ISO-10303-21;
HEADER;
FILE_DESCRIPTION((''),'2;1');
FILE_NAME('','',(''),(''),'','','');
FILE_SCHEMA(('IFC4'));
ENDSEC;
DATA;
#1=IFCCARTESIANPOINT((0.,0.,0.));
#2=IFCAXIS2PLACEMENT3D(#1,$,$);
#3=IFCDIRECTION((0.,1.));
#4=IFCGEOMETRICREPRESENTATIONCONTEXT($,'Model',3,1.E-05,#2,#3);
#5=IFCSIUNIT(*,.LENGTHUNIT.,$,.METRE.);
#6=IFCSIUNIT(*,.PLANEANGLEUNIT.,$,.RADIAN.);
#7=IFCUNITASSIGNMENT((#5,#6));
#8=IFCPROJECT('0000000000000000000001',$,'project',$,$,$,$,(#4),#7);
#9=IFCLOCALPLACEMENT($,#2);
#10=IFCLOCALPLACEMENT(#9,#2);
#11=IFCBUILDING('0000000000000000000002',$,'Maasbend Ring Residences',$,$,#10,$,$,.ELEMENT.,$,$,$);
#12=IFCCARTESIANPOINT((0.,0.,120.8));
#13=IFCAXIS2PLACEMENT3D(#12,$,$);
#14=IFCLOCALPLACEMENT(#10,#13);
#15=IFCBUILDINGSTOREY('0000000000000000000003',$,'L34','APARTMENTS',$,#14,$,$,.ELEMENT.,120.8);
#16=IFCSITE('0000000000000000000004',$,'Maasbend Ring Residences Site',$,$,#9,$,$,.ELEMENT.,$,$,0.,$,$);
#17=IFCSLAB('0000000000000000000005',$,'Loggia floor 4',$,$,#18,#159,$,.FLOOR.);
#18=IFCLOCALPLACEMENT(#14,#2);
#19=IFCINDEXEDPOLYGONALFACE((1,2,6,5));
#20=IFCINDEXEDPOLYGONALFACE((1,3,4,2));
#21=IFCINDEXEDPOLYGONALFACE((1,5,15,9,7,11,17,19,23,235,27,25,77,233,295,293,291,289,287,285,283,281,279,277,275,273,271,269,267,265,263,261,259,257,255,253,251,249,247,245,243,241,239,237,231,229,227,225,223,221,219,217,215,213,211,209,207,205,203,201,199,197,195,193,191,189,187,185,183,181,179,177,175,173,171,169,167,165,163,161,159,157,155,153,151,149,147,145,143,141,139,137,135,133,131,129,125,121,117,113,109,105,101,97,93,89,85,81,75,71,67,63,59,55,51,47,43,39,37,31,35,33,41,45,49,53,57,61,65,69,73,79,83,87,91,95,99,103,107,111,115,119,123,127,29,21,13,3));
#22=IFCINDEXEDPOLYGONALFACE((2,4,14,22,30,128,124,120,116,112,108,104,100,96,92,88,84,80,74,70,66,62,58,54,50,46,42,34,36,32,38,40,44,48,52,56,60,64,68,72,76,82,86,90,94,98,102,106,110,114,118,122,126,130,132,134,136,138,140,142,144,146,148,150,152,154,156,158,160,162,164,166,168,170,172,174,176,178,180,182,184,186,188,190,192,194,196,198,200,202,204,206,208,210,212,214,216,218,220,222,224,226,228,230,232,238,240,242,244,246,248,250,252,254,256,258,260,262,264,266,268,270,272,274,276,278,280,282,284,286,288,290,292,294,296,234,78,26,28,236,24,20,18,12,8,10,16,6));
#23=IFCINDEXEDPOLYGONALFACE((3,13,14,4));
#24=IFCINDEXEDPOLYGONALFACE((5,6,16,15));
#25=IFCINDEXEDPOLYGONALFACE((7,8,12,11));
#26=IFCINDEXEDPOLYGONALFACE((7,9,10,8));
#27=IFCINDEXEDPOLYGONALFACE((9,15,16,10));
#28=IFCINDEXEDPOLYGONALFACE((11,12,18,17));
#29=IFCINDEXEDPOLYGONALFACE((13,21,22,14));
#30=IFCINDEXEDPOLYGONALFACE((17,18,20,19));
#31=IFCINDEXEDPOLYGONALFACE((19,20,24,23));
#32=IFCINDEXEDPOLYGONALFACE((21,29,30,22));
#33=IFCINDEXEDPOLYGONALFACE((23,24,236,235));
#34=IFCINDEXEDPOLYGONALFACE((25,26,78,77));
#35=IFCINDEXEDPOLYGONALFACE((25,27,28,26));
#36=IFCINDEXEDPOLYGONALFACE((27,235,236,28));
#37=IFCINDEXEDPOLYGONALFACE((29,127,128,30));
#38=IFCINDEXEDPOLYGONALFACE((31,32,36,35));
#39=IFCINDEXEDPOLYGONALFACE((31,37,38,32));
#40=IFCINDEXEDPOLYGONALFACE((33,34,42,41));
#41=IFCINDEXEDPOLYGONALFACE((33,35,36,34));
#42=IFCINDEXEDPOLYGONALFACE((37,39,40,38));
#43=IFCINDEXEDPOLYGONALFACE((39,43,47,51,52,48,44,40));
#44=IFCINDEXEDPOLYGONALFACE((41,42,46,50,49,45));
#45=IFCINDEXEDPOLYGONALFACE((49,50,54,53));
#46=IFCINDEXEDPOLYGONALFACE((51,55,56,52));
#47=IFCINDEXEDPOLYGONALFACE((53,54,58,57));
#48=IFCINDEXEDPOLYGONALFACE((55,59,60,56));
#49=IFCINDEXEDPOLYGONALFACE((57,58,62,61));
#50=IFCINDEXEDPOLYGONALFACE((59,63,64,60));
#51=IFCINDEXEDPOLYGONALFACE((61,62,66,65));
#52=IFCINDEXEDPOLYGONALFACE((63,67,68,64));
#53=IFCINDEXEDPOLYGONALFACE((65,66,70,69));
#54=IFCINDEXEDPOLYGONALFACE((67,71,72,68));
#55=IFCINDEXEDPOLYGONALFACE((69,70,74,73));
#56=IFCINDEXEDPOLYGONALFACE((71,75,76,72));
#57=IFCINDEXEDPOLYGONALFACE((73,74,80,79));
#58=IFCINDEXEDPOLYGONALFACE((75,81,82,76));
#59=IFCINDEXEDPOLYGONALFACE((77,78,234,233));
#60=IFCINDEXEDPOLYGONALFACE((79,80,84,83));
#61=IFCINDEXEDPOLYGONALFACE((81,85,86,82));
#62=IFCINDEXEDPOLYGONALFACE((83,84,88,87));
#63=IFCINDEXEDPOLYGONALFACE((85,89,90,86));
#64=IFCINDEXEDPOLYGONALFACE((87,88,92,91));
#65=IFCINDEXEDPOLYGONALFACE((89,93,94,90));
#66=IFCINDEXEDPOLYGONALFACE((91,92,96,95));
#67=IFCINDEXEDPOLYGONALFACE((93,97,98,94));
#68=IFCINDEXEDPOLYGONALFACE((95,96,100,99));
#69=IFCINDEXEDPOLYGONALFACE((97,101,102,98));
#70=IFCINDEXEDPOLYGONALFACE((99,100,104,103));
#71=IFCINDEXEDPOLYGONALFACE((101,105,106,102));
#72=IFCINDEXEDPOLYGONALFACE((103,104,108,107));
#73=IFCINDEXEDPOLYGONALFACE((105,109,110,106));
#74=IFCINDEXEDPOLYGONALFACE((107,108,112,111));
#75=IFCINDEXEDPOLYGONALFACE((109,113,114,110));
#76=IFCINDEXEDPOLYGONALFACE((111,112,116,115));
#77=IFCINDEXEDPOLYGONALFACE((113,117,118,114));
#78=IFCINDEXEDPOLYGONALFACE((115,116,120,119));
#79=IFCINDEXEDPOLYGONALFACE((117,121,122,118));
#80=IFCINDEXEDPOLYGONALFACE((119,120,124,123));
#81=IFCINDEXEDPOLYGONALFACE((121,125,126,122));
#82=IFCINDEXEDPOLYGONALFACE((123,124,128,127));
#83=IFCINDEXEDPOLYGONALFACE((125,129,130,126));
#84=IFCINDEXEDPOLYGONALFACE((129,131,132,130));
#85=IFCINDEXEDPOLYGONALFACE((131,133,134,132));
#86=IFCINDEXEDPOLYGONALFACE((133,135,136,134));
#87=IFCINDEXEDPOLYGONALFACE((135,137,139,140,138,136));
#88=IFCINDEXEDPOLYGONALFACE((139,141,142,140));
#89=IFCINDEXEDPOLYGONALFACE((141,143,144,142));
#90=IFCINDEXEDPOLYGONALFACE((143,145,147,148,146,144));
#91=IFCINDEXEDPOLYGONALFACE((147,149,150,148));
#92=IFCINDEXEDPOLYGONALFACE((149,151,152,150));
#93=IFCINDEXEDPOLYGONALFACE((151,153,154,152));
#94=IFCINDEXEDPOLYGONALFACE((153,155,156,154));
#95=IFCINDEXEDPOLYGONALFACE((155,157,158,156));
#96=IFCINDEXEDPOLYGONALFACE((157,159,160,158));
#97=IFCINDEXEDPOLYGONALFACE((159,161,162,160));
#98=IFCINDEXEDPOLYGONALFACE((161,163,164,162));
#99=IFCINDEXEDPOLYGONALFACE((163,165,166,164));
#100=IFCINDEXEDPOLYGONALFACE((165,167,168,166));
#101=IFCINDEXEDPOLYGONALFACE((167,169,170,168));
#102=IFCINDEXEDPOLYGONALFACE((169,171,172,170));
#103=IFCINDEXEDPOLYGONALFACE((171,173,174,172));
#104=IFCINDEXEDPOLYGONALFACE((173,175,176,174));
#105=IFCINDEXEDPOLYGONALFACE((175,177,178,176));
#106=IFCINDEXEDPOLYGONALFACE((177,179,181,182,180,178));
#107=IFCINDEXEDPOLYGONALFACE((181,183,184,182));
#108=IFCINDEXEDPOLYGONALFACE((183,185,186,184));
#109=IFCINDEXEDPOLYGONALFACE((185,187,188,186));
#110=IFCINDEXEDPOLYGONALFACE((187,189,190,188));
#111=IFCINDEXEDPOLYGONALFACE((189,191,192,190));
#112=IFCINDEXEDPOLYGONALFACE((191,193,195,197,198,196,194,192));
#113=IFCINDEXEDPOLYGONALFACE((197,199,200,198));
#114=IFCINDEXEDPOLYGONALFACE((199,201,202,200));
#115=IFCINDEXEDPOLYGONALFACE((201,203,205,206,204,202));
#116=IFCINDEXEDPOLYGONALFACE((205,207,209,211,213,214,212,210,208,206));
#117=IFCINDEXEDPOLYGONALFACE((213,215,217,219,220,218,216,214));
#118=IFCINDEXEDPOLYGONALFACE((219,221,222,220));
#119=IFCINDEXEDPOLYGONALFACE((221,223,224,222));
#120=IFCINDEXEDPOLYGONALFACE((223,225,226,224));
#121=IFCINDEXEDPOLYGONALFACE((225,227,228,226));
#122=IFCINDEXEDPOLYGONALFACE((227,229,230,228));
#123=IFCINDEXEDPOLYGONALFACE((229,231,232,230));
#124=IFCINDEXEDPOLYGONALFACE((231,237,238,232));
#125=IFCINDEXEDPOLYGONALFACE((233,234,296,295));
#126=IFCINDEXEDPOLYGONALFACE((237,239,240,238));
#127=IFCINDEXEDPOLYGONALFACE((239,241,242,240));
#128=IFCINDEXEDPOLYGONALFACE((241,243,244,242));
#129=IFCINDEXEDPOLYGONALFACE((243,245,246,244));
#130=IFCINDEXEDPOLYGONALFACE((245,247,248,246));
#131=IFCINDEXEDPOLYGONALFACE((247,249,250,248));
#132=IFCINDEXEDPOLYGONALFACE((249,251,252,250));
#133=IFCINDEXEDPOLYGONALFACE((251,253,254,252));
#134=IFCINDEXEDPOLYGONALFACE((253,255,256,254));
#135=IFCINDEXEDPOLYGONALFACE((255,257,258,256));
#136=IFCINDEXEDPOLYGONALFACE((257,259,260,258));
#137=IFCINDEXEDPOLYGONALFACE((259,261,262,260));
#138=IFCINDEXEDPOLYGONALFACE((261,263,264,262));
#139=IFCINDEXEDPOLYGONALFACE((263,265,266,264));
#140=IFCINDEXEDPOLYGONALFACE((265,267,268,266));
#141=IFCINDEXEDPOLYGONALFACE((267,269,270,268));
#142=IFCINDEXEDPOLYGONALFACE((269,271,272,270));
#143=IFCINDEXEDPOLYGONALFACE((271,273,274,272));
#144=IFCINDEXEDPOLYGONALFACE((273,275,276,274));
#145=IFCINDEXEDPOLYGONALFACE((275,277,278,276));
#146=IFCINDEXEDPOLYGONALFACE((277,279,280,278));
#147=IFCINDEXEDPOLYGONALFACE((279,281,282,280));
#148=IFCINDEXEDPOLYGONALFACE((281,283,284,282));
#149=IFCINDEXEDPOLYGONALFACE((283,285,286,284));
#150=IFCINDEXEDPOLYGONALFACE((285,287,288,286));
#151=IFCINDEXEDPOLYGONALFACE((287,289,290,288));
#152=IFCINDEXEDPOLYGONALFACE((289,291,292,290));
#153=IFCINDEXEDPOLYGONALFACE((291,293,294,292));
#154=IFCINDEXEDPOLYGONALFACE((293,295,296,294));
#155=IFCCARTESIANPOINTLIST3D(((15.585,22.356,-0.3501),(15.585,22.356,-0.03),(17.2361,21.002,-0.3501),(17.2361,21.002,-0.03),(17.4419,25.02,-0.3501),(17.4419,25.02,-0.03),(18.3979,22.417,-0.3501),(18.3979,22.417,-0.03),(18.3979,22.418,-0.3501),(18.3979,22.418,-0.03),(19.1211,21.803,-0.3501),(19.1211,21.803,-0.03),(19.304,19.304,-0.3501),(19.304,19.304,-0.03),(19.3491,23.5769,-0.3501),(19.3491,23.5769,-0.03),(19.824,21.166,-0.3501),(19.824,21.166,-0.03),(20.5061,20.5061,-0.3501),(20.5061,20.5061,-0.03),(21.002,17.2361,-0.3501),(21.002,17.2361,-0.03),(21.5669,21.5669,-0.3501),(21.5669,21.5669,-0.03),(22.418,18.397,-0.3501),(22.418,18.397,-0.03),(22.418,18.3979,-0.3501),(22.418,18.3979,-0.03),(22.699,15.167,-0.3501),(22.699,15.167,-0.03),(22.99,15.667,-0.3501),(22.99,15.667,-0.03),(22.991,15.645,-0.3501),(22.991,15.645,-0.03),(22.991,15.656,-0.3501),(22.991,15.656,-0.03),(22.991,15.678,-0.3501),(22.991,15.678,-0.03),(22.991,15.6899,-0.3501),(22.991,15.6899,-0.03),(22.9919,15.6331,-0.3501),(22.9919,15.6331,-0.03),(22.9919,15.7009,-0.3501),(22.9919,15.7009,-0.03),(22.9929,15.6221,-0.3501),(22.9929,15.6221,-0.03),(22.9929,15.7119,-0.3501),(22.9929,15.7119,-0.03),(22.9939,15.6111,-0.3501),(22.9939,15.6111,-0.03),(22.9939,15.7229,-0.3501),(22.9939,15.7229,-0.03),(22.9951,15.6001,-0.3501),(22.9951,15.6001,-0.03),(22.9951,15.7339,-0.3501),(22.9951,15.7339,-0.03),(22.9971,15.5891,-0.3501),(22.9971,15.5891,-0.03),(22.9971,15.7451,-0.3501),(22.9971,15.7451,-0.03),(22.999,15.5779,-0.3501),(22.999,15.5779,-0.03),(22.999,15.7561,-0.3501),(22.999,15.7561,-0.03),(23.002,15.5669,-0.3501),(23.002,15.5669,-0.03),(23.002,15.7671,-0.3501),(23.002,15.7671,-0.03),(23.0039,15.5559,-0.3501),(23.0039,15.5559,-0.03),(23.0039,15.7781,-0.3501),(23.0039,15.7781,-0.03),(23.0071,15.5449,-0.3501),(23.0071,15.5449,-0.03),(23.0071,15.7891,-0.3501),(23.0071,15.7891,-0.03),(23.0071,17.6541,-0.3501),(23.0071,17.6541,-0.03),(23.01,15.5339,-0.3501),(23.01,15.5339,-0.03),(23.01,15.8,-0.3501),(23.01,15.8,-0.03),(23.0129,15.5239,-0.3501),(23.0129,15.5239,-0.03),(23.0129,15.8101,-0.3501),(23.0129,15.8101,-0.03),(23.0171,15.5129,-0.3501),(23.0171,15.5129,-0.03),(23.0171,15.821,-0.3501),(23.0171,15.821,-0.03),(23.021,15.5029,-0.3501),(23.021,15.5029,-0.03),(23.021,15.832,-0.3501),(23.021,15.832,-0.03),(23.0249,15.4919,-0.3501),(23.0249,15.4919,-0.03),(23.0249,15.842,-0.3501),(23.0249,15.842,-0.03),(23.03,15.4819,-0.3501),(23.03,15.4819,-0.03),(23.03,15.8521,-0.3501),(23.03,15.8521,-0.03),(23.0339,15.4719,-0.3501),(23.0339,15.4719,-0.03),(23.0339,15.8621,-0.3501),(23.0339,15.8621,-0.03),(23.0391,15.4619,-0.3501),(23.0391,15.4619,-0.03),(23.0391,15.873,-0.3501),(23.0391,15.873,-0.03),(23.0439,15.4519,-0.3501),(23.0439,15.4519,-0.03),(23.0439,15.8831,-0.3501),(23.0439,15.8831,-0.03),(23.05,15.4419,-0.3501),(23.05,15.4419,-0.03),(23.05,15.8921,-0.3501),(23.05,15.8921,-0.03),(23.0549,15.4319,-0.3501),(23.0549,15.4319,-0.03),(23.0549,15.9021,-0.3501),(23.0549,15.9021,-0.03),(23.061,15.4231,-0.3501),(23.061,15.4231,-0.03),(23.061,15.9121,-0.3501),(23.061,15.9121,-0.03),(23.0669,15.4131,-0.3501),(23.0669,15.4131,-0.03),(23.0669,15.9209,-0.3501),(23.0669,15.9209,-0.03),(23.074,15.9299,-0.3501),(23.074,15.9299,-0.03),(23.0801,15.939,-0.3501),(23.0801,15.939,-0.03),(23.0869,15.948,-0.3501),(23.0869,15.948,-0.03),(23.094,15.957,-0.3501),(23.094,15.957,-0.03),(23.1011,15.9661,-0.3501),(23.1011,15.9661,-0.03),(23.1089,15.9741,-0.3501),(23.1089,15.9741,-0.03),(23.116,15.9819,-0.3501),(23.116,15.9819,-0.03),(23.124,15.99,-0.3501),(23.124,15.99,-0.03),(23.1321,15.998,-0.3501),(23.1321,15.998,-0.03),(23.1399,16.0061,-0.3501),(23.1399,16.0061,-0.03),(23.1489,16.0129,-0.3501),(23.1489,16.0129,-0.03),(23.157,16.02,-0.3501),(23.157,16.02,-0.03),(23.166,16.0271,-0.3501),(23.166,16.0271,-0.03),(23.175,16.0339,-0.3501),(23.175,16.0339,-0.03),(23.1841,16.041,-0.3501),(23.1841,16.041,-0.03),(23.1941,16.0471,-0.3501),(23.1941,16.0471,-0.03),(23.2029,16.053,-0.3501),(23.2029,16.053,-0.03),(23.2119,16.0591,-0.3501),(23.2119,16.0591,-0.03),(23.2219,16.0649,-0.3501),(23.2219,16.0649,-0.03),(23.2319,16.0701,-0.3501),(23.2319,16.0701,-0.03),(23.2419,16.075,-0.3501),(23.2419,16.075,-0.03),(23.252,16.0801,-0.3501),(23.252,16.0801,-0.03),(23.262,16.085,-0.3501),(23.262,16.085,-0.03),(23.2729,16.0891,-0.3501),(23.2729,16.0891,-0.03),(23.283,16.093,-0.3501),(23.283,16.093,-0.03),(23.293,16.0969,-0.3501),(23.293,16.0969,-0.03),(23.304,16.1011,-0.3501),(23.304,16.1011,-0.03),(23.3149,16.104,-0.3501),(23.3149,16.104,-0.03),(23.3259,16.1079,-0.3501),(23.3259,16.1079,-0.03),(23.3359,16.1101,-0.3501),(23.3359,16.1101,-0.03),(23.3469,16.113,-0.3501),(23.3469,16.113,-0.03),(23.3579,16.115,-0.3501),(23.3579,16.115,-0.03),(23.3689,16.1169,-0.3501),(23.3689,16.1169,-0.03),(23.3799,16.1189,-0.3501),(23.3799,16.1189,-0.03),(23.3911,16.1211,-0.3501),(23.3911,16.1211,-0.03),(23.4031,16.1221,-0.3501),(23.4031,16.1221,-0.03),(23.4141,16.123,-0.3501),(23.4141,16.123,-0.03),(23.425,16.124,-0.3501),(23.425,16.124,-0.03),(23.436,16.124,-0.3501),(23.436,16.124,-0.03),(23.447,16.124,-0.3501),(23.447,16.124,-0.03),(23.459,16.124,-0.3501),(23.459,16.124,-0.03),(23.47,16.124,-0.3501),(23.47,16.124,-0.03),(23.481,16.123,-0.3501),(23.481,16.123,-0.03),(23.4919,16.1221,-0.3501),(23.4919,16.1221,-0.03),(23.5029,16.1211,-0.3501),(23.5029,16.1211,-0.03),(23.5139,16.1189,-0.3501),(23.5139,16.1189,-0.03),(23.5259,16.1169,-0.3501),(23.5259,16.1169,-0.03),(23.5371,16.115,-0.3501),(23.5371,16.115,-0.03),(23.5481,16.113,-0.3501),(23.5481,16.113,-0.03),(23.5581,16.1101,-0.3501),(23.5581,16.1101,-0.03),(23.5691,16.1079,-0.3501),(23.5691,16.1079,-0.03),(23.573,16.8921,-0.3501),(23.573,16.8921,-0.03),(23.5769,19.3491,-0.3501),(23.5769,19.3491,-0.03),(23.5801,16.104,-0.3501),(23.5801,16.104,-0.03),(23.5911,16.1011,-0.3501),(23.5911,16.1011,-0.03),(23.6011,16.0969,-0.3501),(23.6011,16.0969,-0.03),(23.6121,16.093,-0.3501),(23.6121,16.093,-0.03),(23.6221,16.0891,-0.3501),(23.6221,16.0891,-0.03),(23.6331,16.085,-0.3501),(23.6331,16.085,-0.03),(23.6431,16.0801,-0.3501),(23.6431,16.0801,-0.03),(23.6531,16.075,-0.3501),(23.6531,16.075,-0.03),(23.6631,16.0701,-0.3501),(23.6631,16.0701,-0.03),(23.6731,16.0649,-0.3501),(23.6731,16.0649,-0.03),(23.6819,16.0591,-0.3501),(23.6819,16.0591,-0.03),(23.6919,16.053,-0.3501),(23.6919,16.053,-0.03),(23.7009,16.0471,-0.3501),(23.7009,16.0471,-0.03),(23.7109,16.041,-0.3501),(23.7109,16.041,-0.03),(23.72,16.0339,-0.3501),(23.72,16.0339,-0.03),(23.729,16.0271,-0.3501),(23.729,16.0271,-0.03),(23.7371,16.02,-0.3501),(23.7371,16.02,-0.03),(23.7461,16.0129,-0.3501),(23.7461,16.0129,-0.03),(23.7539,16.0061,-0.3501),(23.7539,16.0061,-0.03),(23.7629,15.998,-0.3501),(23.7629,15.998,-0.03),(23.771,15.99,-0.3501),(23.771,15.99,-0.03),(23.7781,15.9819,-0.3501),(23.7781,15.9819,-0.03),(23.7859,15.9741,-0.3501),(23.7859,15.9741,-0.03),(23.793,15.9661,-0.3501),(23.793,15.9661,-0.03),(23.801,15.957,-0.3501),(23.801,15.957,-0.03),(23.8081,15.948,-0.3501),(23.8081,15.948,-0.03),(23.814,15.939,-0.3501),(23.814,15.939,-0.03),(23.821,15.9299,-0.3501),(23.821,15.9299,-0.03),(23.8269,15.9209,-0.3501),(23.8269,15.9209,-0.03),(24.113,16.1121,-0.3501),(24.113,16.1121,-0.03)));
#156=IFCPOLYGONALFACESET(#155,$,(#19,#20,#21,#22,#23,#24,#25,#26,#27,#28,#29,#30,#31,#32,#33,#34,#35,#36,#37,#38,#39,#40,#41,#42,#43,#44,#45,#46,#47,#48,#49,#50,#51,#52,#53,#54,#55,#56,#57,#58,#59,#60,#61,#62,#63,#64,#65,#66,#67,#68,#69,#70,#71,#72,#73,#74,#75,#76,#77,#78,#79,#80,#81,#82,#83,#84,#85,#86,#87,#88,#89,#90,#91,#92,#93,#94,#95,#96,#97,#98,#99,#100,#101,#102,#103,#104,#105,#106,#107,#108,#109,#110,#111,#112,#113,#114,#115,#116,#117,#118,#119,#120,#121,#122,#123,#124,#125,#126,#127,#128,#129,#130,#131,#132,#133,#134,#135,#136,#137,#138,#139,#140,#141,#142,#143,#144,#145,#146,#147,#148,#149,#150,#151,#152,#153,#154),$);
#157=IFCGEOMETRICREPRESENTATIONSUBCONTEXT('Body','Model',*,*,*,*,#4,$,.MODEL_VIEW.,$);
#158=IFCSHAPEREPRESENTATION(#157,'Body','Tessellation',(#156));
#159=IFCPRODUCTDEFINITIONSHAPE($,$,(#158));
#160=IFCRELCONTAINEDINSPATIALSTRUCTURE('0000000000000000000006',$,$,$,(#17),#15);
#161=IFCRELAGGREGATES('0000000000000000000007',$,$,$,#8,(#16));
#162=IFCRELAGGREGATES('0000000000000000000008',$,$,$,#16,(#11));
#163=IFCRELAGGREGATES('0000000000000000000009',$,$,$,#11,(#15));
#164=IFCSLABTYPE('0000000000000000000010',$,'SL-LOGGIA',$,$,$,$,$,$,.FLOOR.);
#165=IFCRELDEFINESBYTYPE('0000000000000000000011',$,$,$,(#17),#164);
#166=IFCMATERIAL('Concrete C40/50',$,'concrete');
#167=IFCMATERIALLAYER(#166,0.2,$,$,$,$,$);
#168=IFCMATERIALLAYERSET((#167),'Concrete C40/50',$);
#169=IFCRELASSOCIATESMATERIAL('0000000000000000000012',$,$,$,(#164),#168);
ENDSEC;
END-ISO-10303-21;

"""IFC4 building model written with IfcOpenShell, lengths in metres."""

from ifc_helpers import new_model, si_unit, direction, frame, origin, place, context, subcontext, project, spatial, polyline, outline, extrude, material, layer, layer_set, type_object, element, save


model = new_model("IFC4")

# Units and contexts
model_context = context("Model", 3, precision=1e-05, world=origin(), true_north=direction((0.0, 1.0)))
body_context = subcontext(model_context, "Body", "Model", "MODEL_VIEW")
ifc_project = project(units=[si_unit("LENGTHUNIT", "METRE"), si_unit("PLANEANGLEUNIT", "RADIAN")], contexts=[model_context])

# Site, building, storey
site_placement = place(None, origin())
site = spatial("IfcSite", under=ifc_project, at=site_placement, Name="Maasbend Ring Residences Site", CompositionType="ELEMENT", RefElevation=0.0)
building_placement = place(site_placement, origin())
building = spatial("IfcBuilding", under=site, at=building_placement, Name="Maasbend Ring Residences", CompositionType="ELEMENT")
storey_placement = place(building_placement, frame((0.0, 0.0, 120.8)))
storey = spatial("IfcBuildingStorey", under=building, at=storey_placement, Name="L34", Description="APARTMENTS", CompositionType="ELEMENT", Elevation=120.8)

# Slab
ifc_material_1 = material(Name="Concrete C40/50", Category="concrete")
ifc_layer_1 = layer(ifc_material_1, 0.2)
ifc_layer_set_1 = layer_set([ifc_layer_1], Name="Concrete C40/50")
slab_type_1 = type_object("IfcSlabType", Name="SL-LOGGIA", PredefinedType="FLOOR", material=ifc_layer_set_1)
slab_1_placement = place(storey_placement, frame((0.0, 0.0, -0.3501)))
element("IfcSlab", 1, at=slab_1_placement, inside=storey, type_object=slab_type_1, Name="Loggia floor 4", PredefinedType="FLOOR", context=body_context, shape_type="SweptSolid", body=[
    extrude(outline(polyline([(19.3491, 23.5769), (19.3491, 23.5769), (19.3491, 23.5769), (18.3979, 22.418), (18.3979, 22.418), (18.3979, 22.418), (18.3979, 22.418), (18.3979, 22.418), (18.3979, 22.417), (18.3979, 22.417), (18.3979, 22.417), (18.3979, 22.417), (18.3979, 22.417), (18.3979, 22.417), (18.3979, 22.417), (18.3979, 22.417), (18.3979, 22.417), (18.3979, 22.417), (18.3979, 22.417), (18.3979, 22.417), (19.1211, 21.803), (19.1211, 21.803), (19.824, 21.166), (19.824, 21.166), (20.5061, 20.5061), (20.5061, 20.5061), (20.5061, 20.5061), (20.5061, 20.5061), (20.5061, 20.5061), (20.5061, 20.5061), (20.5061, 20.5061), (20.5061, 20.5061), (20.5061, 20.5061), (20.5061, 20.5061), (20.5061, 20.5061), (20.5061, 20.5061), (20.5061, 20.5061), (20.5061, 20.5061), (20.5061, 20.5061), (20.5061, 20.5061), (20.5061, 20.5061), (21.5669, 21.5669), (21.5669, 21.5669), (21.5669, 21.5669), (23.5769, 19.3491), (23.5769, 19.3491), (23.5769, 19.3491), (22.418, 18.3979), (22.418, 18.3979), (22.418, 18.3979), (22.418, 18.3979), (22.418, 18.3979), (22.418, 18.3979), (22.418, 18.397), (22.418, 18.397), (22.418, 18.397), (22.418, 18.397), (22.418, 18.397), (22.418, 18.397), (22.418, 18.397), (22.418, 18.397), (22.418, 18.397), (22.418, 18.397), (22.418, 18.397), (23.0071, 17.6541), (23.0071, 17.6541), (23.573, 16.8921), (23.573, 16.8921), (24.113, 16.1121), (24.113, 16.1121), (24.113, 16.1121), (23.8269, 15.9209), (23.8269, 15.9209), (23.821, 15.9299), (23.814, 15.939), (23.8081, 15.948), (23.801, 15.957), (23.793, 15.9661), (23.7859, 15.9741), (23.7781, 15.9819), (23.771, 15.99), (23.7629, 15.998), (23.7539, 16.0061), (23.7461, 16.0129), (23.7371, 16.02), (23.729, 16.0271), (23.72, 16.0339), (23.7109, 16.041), (23.7009, 16.0471), (23.6919, 16.053), (23.6819, 16.0591), (23.6731, 16.0649), (23.6631, 16.0701), (23.6531, 16.075), (23.6431, 16.0801), (23.6331, 16.085), (23.6221, 16.0891), (23.6121, 16.093), (23.6011, 16.0969), (23.5911, 16.1011), (23.5801, 16.104), (23.5691, 16.1079), (23.5581, 16.1101), (23.5481, 16.113), (23.5371, 16.115), (23.5259, 16.1169), (23.5139, 16.1189), (23.5029, 16.1211), (23.4919, 16.1221), (23.481, 16.123), (23.47, 16.124), (23.459, 16.124), (23.447, 16.124), (23.436, 16.124), (23.425, 16.124), (23.4141, 16.123), (23.4031, 16.1221), (23.3911, 16.1211), (23.3799, 16.1189), (23.3689, 16.1169), (23.3579, 16.115), (23.3469, 16.113), (23.3359, 16.1101), (23.3259, 16.1079), (23.3149, 16.104), (23.304, 16.1011), (23.293, 16.0969), (23.283, 16.093), (23.2729, 16.0891), (23.262, 16.085), (23.252, 16.0801), (23.2419, 16.075), (23.2319, 16.0701), (23.2219, 16.0649), (23.2119, 16.0591), (23.2029, 16.053), (23.1941, 16.0471), (23.1841, 16.041), (23.175, 16.0339), (23.166, 16.0271), (23.157, 16.02), (23.1489, 16.0129), (23.1399, 16.0061), (23.1321, 15.998), (23.124, 15.99), (23.116, 15.9819), (23.1089, 15.9741), (23.1011, 15.9661), (23.094, 15.957), (23.0869, 15.948), (23.0801, 15.939), (23.074, 15.9299), (23.0669, 15.9209), (23.061, 15.9121), (23.0549, 15.9021), (23.05, 15.8921), (23.0439, 15.8831), (23.0391, 15.873), (23.0339, 15.8621), (23.03, 15.8521), (23.0249, 15.842), (23.021, 15.832), (23.0171, 15.821), (23.0129, 15.8101), (23.01, 15.8), (23.0071, 15.7891), (23.0039, 15.7781), (23.002, 15.7671), (22.999, 15.7561), (22.9971, 15.7451), (22.9951, 15.7339), (22.9939, 15.7229), (22.9929, 15.7119), (22.9919, 15.7009), (22.991, 15.6899), (22.991, 15.678), (22.99, 15.667), (22.991, 15.656), (22.991, 15.645), (22.9919, 15.6331), (22.9929, 15.6221), (22.9939, 15.6111), (22.9951, 15.6001), (22.9971, 15.5891), (22.999, 15.5779), (23.002, 15.5669), (23.0039, 15.5559), (23.0071, 15.5449), (23.01, 15.5339), (23.0129, 15.5239), (23.0171, 15.5129), (23.021, 15.5029), (23.0249, 15.4919), (23.03, 15.4819), (23.0339, 15.4719), (23.0391, 15.4619), (23.0439, 15.4519), (23.05, 15.4419), (23.0549, 15.4319), (23.061, 15.4231), (23.0669, 15.4131), (23.0669, 15.4131), (22.699, 15.167), (22.699, 15.167), (22.699, 15.167), (21.002, 17.2361), (19.304, 19.304), (19.304, 19.304), (19.304, 19.304), (17.2361, 21.002), (15.585, 22.356), (15.585, 22.356), (15.585, 22.356), (17.4419, 25.02), (17.4419, 25.02), (17.4419, 25.02), (19.3491, 23.5769)])), origin(), (0.0, 0.0, 1.0), 0.3201),
])

save(model, "model.ifc")
